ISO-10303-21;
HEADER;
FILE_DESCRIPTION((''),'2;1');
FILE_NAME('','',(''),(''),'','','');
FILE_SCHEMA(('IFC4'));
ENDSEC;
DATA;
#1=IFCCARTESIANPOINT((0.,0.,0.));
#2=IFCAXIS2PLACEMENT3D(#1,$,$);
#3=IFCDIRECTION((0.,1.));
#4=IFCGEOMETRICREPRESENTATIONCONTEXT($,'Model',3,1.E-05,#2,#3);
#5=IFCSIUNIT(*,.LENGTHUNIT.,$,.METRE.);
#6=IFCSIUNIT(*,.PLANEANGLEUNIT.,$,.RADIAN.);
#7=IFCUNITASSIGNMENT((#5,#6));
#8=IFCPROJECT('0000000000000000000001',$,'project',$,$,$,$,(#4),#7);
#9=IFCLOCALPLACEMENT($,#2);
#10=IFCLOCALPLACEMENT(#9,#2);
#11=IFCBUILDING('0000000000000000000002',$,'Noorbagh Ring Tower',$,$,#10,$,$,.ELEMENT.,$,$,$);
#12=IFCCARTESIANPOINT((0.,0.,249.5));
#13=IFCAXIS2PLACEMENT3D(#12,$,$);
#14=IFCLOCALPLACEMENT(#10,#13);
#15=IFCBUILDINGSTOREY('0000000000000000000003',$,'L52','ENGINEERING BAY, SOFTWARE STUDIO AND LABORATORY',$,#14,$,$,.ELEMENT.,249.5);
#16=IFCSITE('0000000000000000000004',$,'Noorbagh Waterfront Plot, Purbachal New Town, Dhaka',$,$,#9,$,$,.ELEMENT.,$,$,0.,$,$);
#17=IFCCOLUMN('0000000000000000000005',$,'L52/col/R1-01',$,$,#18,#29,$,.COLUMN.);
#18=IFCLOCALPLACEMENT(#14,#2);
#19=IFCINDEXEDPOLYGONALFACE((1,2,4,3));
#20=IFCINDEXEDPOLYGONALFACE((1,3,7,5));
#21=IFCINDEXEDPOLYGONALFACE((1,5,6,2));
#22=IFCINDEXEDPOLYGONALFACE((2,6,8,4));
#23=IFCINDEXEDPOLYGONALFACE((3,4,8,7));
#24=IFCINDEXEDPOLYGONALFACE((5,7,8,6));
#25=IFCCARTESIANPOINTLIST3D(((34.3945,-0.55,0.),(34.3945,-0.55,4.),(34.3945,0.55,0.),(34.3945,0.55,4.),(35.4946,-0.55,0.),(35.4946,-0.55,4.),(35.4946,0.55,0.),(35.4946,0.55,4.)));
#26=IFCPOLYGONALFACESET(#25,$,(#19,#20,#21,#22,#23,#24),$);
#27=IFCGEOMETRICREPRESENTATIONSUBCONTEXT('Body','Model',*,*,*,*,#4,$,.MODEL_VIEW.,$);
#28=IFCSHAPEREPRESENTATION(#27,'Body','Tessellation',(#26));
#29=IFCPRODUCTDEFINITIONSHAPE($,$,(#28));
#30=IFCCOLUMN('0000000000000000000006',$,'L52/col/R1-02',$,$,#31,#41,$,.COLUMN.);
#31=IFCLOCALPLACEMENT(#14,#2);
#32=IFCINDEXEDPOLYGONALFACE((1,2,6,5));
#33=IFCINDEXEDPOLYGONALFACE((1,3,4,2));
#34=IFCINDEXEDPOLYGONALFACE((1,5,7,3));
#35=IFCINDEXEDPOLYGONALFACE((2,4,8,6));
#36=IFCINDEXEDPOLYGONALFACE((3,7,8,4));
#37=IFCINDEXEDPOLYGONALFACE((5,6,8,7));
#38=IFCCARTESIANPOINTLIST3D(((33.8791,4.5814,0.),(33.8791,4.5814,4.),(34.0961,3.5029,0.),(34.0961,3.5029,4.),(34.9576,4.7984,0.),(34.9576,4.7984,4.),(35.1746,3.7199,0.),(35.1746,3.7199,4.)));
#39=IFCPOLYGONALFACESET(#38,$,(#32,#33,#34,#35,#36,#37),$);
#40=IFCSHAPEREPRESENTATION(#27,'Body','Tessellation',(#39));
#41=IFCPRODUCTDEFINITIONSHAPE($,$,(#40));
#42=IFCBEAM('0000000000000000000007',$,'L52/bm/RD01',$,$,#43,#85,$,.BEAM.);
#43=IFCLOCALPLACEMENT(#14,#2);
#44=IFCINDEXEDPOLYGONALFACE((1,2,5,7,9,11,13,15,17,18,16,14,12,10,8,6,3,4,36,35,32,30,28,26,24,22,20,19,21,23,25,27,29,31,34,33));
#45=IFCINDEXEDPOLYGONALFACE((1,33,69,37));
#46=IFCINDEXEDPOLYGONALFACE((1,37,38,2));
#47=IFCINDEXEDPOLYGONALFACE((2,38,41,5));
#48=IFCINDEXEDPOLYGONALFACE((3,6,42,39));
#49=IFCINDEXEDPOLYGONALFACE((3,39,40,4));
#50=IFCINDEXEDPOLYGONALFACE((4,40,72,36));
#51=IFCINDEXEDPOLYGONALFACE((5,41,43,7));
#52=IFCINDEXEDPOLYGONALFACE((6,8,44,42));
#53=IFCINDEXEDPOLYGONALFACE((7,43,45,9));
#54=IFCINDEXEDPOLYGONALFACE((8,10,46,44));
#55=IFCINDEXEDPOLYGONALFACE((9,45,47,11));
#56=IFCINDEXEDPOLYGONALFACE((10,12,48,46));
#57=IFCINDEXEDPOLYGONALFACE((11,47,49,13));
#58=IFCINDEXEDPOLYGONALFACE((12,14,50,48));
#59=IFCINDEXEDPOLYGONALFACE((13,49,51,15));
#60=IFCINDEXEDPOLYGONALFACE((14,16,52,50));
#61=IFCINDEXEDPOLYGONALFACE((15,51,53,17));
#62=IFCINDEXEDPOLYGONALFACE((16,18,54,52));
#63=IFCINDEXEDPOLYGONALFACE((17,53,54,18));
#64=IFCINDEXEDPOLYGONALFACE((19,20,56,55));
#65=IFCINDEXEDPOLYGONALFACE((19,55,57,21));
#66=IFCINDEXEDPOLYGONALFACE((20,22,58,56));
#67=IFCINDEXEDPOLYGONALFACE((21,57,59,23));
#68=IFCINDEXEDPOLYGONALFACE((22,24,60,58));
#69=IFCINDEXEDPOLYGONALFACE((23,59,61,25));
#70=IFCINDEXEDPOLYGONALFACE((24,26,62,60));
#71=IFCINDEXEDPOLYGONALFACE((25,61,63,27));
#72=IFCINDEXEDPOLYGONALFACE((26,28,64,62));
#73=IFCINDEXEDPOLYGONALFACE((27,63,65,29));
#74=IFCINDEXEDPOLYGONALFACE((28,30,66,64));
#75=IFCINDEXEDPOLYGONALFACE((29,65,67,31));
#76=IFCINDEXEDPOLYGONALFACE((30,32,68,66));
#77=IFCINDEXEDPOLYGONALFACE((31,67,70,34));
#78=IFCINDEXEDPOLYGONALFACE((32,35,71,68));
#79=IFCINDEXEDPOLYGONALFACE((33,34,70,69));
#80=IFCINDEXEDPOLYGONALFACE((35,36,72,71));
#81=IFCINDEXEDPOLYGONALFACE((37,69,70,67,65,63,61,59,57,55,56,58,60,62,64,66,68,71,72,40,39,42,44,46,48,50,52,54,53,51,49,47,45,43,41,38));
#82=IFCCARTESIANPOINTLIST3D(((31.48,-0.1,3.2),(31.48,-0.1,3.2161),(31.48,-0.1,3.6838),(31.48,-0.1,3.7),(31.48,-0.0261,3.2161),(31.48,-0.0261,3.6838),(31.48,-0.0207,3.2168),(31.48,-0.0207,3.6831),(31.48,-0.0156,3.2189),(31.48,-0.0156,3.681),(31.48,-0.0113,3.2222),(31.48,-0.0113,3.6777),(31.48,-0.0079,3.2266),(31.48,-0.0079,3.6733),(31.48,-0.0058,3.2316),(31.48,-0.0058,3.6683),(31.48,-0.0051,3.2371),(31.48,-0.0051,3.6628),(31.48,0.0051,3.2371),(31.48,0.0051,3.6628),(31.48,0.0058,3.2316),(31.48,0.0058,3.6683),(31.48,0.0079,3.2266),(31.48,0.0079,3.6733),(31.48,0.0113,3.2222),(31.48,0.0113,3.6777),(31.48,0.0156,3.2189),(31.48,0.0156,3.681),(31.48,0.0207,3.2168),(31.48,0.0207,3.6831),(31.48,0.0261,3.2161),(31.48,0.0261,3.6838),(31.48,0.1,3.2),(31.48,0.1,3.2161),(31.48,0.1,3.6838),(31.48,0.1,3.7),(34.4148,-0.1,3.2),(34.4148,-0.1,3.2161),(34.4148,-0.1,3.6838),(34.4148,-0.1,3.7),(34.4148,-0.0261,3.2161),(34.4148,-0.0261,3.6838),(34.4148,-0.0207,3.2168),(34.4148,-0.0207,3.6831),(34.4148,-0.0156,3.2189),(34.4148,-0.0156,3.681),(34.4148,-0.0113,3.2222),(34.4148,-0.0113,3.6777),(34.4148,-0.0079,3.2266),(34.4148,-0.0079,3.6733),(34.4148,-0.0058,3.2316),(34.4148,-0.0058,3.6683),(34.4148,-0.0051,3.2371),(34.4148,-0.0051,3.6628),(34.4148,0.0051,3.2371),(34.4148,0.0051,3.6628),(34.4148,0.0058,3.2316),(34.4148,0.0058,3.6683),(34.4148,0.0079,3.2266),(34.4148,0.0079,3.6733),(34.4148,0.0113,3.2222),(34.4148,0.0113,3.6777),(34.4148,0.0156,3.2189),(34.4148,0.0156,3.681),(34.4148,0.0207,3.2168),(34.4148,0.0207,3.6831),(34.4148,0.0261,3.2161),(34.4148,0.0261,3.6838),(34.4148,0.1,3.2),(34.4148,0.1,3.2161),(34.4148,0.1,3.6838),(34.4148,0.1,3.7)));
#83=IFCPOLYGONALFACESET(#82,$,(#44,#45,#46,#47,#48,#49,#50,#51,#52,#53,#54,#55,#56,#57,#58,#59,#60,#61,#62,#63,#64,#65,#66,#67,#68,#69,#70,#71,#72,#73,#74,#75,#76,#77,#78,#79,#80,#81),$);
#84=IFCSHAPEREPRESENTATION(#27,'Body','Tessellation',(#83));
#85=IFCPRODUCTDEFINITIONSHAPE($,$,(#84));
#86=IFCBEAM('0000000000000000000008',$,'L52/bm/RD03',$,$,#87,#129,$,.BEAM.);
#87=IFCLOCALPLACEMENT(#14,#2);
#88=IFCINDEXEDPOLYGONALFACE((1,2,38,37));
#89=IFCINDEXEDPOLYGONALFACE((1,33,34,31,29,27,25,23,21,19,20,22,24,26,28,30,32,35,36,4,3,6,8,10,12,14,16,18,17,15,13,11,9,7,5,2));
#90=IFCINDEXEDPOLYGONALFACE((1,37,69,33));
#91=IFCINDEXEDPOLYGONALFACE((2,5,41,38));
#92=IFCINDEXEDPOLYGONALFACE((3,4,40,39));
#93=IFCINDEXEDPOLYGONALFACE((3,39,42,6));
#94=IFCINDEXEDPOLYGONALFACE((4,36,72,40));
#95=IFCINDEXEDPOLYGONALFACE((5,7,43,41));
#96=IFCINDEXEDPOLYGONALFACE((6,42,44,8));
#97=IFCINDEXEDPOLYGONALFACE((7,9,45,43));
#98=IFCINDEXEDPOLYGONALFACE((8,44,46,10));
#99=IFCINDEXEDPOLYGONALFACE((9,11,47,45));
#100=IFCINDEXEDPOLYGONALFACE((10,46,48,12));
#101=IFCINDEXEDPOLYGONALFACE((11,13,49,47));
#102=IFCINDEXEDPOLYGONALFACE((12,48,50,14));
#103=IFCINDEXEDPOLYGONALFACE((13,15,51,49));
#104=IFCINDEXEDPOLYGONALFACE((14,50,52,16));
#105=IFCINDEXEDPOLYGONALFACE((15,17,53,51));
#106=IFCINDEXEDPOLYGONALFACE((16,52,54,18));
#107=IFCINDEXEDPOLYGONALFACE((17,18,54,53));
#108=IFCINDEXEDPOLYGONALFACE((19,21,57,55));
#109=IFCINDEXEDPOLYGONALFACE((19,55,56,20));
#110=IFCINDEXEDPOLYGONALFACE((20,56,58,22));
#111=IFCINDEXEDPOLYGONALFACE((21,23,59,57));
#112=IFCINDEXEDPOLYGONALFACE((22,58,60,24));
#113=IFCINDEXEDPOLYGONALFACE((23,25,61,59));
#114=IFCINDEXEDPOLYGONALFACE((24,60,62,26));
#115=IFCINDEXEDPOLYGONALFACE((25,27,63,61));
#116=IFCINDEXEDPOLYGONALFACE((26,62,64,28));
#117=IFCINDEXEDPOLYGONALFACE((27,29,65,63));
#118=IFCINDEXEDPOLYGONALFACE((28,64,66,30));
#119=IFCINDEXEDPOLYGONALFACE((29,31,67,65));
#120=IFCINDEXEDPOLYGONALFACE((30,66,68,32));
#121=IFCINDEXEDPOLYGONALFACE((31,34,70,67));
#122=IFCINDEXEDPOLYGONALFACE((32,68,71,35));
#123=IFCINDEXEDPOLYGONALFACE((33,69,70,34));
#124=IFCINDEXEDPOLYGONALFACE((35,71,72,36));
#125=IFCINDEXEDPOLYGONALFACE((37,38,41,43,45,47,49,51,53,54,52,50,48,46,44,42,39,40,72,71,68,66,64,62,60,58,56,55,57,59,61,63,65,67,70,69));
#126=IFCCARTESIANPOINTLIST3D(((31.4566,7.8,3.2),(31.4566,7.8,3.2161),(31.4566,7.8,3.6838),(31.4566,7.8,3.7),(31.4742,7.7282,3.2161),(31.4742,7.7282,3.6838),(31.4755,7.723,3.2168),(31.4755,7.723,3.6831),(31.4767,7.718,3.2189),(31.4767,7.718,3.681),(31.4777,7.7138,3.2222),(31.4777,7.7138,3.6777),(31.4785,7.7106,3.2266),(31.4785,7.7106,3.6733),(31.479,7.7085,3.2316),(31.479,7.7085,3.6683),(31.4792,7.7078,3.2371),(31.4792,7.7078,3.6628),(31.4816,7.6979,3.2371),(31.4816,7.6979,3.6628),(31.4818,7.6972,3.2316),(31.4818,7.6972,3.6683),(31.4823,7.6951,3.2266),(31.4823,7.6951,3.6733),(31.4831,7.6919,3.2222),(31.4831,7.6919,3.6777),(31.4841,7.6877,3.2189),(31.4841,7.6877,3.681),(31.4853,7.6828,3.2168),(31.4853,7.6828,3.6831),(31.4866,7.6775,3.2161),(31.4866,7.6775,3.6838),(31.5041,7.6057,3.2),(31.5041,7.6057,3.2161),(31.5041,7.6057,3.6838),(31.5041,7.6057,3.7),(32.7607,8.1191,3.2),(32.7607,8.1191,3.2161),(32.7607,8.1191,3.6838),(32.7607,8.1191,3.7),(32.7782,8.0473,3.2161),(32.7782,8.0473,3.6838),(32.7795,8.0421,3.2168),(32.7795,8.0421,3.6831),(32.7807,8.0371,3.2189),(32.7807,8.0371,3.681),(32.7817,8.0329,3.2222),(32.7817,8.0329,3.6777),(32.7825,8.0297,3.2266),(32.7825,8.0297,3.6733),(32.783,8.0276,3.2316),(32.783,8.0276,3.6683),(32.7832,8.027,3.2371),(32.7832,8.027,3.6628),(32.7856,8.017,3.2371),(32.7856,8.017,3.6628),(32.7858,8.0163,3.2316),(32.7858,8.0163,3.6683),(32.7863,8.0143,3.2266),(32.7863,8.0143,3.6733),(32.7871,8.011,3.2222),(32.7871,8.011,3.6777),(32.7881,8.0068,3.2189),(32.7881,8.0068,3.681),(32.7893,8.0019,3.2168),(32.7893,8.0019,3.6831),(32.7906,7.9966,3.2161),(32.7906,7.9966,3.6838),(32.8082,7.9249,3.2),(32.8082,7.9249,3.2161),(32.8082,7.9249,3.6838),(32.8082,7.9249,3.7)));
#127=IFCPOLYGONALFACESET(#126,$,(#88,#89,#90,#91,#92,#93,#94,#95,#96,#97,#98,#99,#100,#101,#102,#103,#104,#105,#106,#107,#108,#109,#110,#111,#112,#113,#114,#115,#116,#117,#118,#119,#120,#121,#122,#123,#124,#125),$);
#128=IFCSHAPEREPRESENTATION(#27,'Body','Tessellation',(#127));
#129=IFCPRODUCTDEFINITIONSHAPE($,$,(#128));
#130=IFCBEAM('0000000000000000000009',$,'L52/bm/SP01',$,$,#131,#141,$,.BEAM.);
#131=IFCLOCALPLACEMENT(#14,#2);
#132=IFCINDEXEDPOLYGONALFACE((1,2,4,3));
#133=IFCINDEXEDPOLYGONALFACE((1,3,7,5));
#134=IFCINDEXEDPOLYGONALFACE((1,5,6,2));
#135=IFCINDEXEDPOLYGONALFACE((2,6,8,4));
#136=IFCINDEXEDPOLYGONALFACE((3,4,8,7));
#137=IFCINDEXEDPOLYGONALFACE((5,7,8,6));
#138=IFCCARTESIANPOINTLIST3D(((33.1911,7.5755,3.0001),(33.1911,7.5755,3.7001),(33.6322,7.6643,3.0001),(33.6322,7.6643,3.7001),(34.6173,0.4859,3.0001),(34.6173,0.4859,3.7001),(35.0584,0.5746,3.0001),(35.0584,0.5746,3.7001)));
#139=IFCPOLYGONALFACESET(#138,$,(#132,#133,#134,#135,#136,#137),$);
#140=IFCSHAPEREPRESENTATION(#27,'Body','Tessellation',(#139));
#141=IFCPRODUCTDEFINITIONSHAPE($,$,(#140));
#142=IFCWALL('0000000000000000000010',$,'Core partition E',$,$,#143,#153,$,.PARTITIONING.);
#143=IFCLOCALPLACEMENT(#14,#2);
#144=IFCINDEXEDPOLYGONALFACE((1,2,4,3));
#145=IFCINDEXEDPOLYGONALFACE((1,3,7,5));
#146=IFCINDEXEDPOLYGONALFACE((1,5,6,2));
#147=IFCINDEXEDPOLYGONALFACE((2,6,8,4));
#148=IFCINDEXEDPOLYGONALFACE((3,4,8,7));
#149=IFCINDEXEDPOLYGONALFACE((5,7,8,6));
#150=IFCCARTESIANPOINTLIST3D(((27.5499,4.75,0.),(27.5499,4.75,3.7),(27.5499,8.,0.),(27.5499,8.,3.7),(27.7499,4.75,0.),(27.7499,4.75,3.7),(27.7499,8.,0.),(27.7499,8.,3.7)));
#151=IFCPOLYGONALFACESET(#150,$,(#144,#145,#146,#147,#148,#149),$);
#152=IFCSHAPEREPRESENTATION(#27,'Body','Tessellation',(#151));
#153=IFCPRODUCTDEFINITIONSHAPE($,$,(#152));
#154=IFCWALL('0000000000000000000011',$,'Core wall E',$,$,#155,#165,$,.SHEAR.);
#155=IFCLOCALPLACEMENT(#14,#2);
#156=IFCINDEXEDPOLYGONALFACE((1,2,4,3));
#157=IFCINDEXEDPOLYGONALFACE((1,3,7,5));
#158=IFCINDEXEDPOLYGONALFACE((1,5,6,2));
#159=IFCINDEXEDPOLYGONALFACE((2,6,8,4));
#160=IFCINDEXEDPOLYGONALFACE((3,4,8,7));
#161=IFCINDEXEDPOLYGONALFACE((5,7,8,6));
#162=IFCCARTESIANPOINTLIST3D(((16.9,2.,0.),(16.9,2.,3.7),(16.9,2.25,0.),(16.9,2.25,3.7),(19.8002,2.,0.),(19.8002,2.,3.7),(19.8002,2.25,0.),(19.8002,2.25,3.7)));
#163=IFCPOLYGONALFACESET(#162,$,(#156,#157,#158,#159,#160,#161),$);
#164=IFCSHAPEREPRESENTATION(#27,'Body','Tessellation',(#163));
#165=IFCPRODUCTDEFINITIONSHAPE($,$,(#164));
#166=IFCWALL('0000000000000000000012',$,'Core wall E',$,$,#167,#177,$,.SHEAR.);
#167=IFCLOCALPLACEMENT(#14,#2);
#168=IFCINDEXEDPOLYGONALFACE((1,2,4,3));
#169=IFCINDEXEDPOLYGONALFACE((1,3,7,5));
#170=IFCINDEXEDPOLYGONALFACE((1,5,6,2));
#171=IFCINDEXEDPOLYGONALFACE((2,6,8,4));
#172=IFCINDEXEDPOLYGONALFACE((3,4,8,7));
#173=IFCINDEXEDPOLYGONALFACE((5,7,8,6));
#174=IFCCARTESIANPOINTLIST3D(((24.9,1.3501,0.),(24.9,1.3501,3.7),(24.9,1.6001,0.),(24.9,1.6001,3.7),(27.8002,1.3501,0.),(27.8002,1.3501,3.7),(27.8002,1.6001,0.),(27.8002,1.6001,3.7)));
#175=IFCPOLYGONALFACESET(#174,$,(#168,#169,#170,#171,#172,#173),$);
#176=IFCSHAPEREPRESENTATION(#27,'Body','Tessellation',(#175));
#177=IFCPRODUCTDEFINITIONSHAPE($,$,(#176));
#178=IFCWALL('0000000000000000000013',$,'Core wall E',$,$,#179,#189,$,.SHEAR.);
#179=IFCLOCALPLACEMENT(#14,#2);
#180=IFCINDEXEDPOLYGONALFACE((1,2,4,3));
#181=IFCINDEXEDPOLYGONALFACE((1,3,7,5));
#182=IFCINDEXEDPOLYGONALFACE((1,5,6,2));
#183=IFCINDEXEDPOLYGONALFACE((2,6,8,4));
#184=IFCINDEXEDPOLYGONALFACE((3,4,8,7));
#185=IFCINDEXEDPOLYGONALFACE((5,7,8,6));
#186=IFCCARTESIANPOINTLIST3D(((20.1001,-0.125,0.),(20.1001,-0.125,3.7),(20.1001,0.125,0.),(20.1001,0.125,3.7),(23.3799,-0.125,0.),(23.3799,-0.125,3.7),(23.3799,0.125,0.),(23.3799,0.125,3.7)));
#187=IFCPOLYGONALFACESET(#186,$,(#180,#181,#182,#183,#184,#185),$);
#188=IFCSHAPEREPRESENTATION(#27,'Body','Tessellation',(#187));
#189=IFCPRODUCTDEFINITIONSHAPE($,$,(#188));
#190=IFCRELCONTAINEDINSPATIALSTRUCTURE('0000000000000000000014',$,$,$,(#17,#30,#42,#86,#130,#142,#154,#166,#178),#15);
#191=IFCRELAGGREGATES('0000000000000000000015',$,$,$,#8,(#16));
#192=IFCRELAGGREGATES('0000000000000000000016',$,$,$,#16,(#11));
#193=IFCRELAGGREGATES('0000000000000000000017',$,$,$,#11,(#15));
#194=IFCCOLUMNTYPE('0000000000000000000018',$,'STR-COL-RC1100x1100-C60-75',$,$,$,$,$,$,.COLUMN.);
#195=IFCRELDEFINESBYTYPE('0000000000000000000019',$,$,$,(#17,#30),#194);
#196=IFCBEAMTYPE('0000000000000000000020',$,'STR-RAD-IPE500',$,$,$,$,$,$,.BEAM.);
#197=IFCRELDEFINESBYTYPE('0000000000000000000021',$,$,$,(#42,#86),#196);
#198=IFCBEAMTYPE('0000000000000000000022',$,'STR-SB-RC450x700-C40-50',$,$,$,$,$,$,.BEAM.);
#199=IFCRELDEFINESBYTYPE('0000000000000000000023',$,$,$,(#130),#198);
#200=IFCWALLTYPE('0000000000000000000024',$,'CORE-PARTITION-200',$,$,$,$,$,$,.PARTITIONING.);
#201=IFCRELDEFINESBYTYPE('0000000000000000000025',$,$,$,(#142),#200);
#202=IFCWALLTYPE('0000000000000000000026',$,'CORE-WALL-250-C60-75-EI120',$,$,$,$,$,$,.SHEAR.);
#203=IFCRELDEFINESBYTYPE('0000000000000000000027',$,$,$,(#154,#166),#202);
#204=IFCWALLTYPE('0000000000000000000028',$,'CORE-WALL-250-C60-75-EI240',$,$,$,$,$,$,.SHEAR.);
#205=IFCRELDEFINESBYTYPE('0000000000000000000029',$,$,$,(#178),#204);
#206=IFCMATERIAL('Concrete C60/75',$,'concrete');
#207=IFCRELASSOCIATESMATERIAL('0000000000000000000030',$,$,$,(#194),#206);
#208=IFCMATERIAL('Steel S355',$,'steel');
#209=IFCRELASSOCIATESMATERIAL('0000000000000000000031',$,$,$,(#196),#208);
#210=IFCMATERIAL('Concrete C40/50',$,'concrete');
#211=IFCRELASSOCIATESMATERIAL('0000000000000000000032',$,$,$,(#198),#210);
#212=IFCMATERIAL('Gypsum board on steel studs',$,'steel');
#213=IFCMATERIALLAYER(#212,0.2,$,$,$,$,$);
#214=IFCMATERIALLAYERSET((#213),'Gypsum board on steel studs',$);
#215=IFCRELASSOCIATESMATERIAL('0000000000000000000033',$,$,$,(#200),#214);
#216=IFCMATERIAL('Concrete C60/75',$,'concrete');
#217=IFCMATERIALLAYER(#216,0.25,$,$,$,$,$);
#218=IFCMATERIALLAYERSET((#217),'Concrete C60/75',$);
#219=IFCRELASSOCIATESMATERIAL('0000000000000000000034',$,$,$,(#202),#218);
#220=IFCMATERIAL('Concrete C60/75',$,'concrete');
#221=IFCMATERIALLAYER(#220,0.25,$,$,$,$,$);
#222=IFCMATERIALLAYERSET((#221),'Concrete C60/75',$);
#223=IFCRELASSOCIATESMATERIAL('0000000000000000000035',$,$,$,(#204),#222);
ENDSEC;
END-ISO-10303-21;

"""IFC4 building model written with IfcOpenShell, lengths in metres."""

from ifc_helpers import new_model, si_unit, direction, frame, frame_2d, origin, origin_2d, place, context, subcontext, project, spatial, rectangle, i_section, extrude, material, layer, layer_set, material_profile, profile_set, type_object, element, save


model = new_model("IFC4")

# Units and contexts
model_context = context("Model", 3, precision=1e-05, world=origin(), true_north=direction((0.0, 1.0)))
body_context = subcontext(model_context, "Body", "Model", "MODEL_VIEW")
ifc_project = project(units=[si_unit("LENGTHUNIT", "METRE"), si_unit("PLANEANGLEUNIT", "RADIAN")], contexts=[model_context])

# Site, building, storey
site_placement = place(None, origin())
site = spatial("IfcSite", under=ifc_project, at=site_placement, Name="Noorbagh Waterfront Plot, Purbachal New Town, Dhaka", CompositionType="ELEMENT", RefElevation=0.0)
building_placement = place(site_placement, origin())
building = spatial("IfcBuilding", under=site, at=building_placement, Name="Noorbagh Ring Tower", CompositionType="ELEMENT")
storey_placement = place(building_placement, frame((0.0, 0.0, 249.5)))
storey = spatial("IfcBuildingStorey", under=building, at=storey_placement, Name="L52", Description="ENGINEERING BAY, SOFTWARE STUDIO AND LABORATORY", CompositionType="ELEMENT", Elevation=249.5)

# Columns
ifc_material_1 = material(Name="Concrete C60/75", Category="concrete")
ifc_material_profile_1 = material_profile(ifc_material_1, rectangle(XDim=1.1001, YDim=1.1001, at=origin_2d()), Name="RC1100x1100")
ifc_profile_set_1 = profile_set([ifc_material_profile_1], Name="Concrete C60/75")
column_type = type_object("IfcColumnType", Name="STR-COL-RC1100x1100-C60-75", PredefinedType="COLUMN", material=ifc_profile_set_1)
for number, where, z_axis, x_axis, name in (
    (1, (34.9446, 0.0, 0.0), (0.0, 0.0, 1.0), (0.0, 1.0, 0.0), "L52/col/R1-01"),
    (2, (34.5269, 4.1506, 0.0), (0.0, 0.0, 1.0), (-0.19723, 0.980357, 0.0), "L52/col/R1-02"),
):
    element("IfcColumn", number, at=place(storey_placement, frame(where, z_axis=z_axis, x_axis=x_axis)), inside=storey, type_object=column_type, Name=name, PredefinedType="COLUMN", context=body_context, shape_type="SweptSolid", body=[
        extrude(rectangle(XDim=1.1001, YDim=1.1001, at=origin_2d()), origin(), (0.0, 0.0, 1.0), 4.0),
    ])

# Beams
ifc_material_2 = material(Name="Steel S355", Category="steel")
ifc_material_profile_2 = material_profile(ifc_material_2, i_section(OverallWidth=0.2, OverallDepth=0.5, WebThickness=0.0103, FlangeThickness=0.0161, FilletRadius=0.021, at=origin_2d()), Name="IPE500")
ifc_profile_set_2 = profile_set([ifc_material_profile_2], Name="Steel S355")
beam_type_1 = type_object("IfcBeamType", Name="STR-RAD-IPE500", PredefinedType="BEAM", material=ifc_profile_set_2)
beam_1_placement = place(storey_placement, frame((34.4148, 0.0, 3.45), z_axis=(-1.0, 0.0, 0.0), x_axis=(0.0, -1.0, 0.0)))
element("IfcBeam", 3, at=beam_1_placement, inside=storey, type_object=beam_type_1, Name="L52/bm/RD01", PredefinedType="BEAM", context=body_context, shape_type="SweptSolid", body=[
    extrude(i_section(OverallWidth=0.2, OverallDepth=0.5, WebThickness=0.0103, FlangeThickness=0.0161, FilletRadius=0.021, at=origin_2d()), origin(), (0.0, 0.0, 1.0), 2.9348),
])
beam_2_placement = place(storey_placement, frame((32.7844, 8.022, 3.45), z_axis=(-0.971339, -0.237697, 0.0), x_axis=(0.237697, -0.971339, 0.0)))
element("IfcBeam", 4, at=beam_2_placement, inside=storey, type_object=beam_type_1, Name="L52/bm/RD03", PredefinedType="BEAM", context=body_context, shape_type="SweptSolid", body=[
    extrude(i_section(OverallWidth=0.2, OverallDepth=0.5, WebThickness=0.0103, FlangeThickness=0.0161, FilletRadius=0.021, at=origin_2d()), origin(), (0.0, 0.0, 1.0), 1.3425),
])
ifc_material_3 = material(Name="Concrete C40/50", Category="concrete")
ifc_material_profile_3 = material_profile(ifc_material_3, rectangle(XDim=0.45, YDim=0.7, at=origin_2d()), Name="RC450x700")
ifc_profile_set_3 = profile_set([ifc_material_profile_3], Name="Concrete C40/50")
beam_type_2 = type_object("IfcBeamType", Name="STR-SB-RC450x700-C40-50", PredefinedType="BEAM", material=ifc_profile_set_3)
beam_3_placement = place(storey_placement, frame((34.8379, 0.5303, 3.3501), z_axis=(-0.197226, 0.980358, 0.0), x_axis=(-0.980358, -0.197226, 0.0)))
element("IfcBeam", 5, at=beam_3_placement, inside=storey, type_object=beam_type_2, Name="L52/bm/SP01", PredefinedType="BEAM", context=body_context, shape_type="SweptSolid", body=[
    extrude(rectangle(XDim=0.45, YDim=0.7, at=origin_2d()), origin(), (0.0, 0.0, 1.0), 7.2317),
])

# Walls
ifc_material_4 = material(Name="Gypsum board on steel studs", Category="steel")
ifc_layer_1 = layer(ifc_material_4, 0.2)
ifc_layer_set_1 = layer_set([ifc_layer_1], Name="Gypsum board on steel studs")
wall_type_1 = type_object("IfcWallType", Name="CORE-PARTITION-200", PredefinedType="PARTITIONING", material=ifc_layer_set_1)
wall_1_placement = place(storey_placement, frame((27.6499, 4.75, 0.0), z_axis=(0.0, 0.0, 1.0), x_axis=(0.0, 1.0, 0.0)))
element("IfcWall", 6, at=wall_1_placement, inside=storey, type_object=wall_type_1, Name="Core partition E", PredefinedType="PARTITIONING", context=body_context, shape_type="SweptSolid", body=[
    extrude(rectangle(XDim=3.25, YDim=0.2, at=frame_2d((1.625, 0.0))), origin(), (0.0, 0.0, 1.0), 3.7),
])
ifc_material_5 = material(Name="Concrete C60/75", Category="concrete")
ifc_layer_2 = layer(ifc_material_5, 0.25)
ifc_layer_set_2 = layer_set([ifc_layer_2], Name="Concrete C60/75")
wall_type_2 = type_object("IfcWallType", Name="CORE-WALL-250-C60-75-EI120", PredefinedType="SHEAR", material=ifc_layer_set_2)
for number, where, z_axis, x_axis, name in (
    (7, (16.8999, 2.125, 0.0), (0.0, 0.0, 1.0), (1.0, 0.0, 0.0), "Core wall E"),
    (8, (24.8999, 1.4751, 0.0), (0.0, 0.0, 1.0), (1.0, 0.0, 0.0), "Core wall E"),
):
    element("IfcWall", number, at=place(storey_placement, frame(where, z_axis=z_axis, x_axis=x_axis)), inside=storey, type_object=wall_type_2, Name=name, PredefinedType="SHEAR", context=body_context, shape_type="SweptSolid", body=[
        extrude(rectangle(XDim=2.9001, YDim=0.25, at=frame_2d((1.4502, 0.0))), origin(), (0.0, 0.0, 1.0), 3.7),
    ])
ifc_material_6 = material(Name="Concrete C60/75", Category="concrete")
ifc_layer_3 = layer(ifc_material_6, 0.25)
ifc_layer_set_3 = layer_set([ifc_layer_3], Name="Concrete C60/75")
wall_type_3 = type_object("IfcWallType", Name="CORE-WALL-250-C60-75-EI240", PredefinedType="SHEAR", material=ifc_layer_set_3)
wall_2_placement = place(storey_placement, frame((20.1001, 0.0, 0.0), z_axis=(0.0, 0.0, 1.0), x_axis=(1.0, 0.0, 0.0)))
element("IfcWall", 9, at=wall_2_placement, inside=storey, type_object=wall_type_3, Name="Core wall E", PredefinedType="SHEAR", context=body_context, shape_type="SweptSolid", body=[
    extrude(rectangle(XDim=3.2798, YDim=0.25, at=frame_2d((1.6399, 0.0))), origin(), (0.0, 0.0, 1.0), 3.7),
])

save(model, "model.ifc")
